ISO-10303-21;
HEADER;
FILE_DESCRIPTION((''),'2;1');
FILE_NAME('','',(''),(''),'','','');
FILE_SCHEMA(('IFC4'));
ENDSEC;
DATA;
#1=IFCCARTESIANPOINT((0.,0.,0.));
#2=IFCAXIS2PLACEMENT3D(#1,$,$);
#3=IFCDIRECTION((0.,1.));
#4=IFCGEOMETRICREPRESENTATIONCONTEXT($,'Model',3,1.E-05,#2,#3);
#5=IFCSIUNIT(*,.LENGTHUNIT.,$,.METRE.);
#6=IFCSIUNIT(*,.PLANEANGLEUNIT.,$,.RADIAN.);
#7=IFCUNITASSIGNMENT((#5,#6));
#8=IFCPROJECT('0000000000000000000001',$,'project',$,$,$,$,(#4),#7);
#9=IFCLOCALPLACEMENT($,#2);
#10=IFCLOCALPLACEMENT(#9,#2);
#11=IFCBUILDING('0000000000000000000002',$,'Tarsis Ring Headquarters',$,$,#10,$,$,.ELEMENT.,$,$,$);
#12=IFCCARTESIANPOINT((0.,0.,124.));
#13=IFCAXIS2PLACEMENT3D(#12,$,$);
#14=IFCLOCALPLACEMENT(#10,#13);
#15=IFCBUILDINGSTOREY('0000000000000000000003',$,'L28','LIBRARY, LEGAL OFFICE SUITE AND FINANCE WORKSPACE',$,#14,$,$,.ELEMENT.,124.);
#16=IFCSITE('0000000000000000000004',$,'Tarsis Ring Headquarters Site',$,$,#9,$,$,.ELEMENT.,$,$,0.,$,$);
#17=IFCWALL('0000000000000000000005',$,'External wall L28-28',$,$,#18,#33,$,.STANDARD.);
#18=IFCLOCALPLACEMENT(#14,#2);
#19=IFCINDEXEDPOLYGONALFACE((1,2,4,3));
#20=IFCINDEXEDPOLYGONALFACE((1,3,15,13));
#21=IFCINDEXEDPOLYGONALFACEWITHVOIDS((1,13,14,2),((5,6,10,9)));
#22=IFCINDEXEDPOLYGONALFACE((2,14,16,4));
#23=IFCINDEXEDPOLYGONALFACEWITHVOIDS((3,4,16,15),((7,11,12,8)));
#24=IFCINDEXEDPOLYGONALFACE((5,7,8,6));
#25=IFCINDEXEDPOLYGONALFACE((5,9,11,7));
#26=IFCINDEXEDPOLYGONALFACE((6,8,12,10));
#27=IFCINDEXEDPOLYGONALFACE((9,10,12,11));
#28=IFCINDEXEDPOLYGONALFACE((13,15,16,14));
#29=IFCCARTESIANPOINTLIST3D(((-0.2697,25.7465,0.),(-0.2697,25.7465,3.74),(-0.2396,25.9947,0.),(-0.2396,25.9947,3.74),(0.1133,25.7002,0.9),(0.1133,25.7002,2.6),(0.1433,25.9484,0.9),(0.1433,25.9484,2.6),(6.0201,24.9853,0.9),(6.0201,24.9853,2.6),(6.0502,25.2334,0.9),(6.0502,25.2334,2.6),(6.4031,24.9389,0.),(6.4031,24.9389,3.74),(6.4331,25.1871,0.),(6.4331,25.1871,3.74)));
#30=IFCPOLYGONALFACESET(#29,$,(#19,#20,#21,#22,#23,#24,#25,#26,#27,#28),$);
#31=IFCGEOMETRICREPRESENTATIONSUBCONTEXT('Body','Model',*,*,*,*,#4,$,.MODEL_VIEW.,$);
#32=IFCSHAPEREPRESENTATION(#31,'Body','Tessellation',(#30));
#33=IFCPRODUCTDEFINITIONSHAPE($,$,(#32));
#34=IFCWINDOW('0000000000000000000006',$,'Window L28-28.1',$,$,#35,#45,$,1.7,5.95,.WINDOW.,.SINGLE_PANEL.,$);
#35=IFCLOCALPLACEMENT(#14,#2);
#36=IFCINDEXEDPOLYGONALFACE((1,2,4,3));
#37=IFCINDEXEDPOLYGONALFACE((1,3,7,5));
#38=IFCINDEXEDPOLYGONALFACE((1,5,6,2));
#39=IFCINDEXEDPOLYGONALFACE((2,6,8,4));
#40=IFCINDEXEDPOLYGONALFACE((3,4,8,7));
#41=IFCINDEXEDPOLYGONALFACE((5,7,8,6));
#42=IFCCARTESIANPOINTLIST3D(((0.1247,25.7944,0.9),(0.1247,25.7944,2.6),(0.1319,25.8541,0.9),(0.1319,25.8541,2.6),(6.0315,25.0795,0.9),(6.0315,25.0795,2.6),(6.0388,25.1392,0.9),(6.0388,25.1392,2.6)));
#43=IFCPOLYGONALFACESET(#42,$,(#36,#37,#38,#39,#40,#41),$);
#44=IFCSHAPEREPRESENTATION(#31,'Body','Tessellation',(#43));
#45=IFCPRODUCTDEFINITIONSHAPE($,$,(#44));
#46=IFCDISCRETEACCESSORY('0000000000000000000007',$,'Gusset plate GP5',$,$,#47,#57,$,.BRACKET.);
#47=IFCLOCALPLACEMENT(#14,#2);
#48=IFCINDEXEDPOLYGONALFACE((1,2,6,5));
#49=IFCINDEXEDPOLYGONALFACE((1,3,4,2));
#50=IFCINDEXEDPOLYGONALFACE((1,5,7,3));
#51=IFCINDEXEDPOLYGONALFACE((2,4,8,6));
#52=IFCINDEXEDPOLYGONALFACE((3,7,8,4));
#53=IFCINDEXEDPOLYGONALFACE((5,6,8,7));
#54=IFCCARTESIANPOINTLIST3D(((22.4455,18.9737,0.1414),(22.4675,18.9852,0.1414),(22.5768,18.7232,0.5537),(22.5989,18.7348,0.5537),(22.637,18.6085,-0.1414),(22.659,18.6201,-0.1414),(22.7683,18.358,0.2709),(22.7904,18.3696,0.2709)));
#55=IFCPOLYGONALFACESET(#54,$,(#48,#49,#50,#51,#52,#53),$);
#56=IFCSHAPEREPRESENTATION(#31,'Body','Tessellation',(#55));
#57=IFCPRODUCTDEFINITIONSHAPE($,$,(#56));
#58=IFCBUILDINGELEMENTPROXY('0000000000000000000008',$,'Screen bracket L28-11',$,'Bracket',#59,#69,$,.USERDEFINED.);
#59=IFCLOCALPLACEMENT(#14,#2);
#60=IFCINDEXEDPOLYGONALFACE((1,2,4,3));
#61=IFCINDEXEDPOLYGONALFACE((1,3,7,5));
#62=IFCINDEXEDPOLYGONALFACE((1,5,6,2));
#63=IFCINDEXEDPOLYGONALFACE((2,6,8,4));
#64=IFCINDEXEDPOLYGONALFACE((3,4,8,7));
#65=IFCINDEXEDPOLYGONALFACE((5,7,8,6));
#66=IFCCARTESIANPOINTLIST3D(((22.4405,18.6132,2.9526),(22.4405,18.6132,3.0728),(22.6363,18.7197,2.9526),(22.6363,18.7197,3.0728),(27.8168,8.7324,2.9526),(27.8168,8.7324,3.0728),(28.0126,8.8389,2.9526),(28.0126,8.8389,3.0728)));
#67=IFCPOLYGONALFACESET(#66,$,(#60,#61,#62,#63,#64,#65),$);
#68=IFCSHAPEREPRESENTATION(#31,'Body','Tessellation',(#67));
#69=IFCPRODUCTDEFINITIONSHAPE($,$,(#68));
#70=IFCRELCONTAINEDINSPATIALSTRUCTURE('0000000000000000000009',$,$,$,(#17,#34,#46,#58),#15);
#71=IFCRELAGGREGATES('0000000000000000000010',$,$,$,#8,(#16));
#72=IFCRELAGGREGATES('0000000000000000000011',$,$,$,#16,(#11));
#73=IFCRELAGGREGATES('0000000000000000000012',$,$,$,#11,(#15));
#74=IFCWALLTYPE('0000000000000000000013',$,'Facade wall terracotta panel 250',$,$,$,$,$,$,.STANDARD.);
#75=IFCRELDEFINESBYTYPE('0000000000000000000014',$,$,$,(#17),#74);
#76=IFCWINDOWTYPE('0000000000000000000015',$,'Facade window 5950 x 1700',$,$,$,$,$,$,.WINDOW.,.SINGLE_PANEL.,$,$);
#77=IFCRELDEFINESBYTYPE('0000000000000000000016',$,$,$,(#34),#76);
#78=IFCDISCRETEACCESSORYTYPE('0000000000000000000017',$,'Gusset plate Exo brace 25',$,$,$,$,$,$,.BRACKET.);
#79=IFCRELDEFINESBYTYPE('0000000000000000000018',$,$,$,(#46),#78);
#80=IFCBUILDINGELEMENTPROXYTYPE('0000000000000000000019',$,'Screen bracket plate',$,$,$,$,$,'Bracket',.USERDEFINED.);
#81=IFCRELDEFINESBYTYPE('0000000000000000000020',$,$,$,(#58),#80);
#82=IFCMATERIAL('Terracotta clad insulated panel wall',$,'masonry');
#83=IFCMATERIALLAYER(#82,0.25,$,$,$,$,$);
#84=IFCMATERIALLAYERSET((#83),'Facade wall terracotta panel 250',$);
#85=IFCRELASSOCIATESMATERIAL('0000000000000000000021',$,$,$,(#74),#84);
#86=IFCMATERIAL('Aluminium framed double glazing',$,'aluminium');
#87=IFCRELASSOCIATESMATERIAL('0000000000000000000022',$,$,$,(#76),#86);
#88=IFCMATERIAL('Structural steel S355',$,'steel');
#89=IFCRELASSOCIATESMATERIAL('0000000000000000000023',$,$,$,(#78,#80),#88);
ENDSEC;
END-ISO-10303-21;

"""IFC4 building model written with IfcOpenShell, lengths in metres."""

from ifc_helpers import new_model, si_unit, direction, frame, frame_2d, origin, origin_2d, place, context, subcontext, project, spatial, rectangle, extrude, material, layer, layer_set, material_profile, profile_set, type_object, element, fill, save


model = new_model("IFC4")

# Units and contexts
model_context = context("Model", 3, precision=1e-05, world=origin(), true_north=direction((0.0, 1.0)))
body_context = subcontext(model_context, "Body", "Model", "MODEL_VIEW")
ifc_project = project(units=[si_unit("LENGTHUNIT", "METRE"), si_unit("PLANEANGLEUNIT", "RADIAN")], contexts=[model_context])

# Site, building, storey
site_placement = place(None, origin())
site = spatial("IfcSite", under=ifc_project, at=site_placement, Name="Tarsis Ring Headquarters Site", CompositionType="ELEMENT", RefElevation=0.0)
building_placement = place(site_placement, origin())
building = spatial("IfcBuilding", under=site, at=building_placement, Name="Tarsis Ring Headquarters", CompositionType="ELEMENT")
storey_placement = place(building_placement, frame((0.0, 0.0, 124.0)))
storey = spatial("IfcBuildingStorey", under=building, at=storey_placement, Name="L28", Description="LIBRARY, LEGAL OFFICE SUITE AND FINANCE WORKSPACE", CompositionType="ELEMENT", Elevation=124.0)

# Shared definitions
ifc_material_1 = material(Name="Structural steel S355", Category="steel")

# Wall, opening, window
ifc_material_2 = material(Name="Terracotta clad insulated panel wall", Category="masonry")
ifc_layer = layer(ifc_material_2, 0.25)
ifc_layer_set = layer_set([ifc_layer], Name="Facade wall terracotta panel 250")
wall_type = type_object("IfcWallType", Name="Facade wall terracotta panel 250", PredefinedType="STANDARD", material=ifc_layer_set)
ifc_material_3 = material(Name="Aluminium framed double glazing", Category="aluminium")
window_type = type_object("IfcWindowType", Name="Facade window 5950 x 1700", PartitioningType="SINGLE_PANEL", PredefinedType="WINDOW", material=ifc_material_3)
wall_1_placement = place(storey_placement, frame((6.4182, 25.063, 0.0), z_axis=(0.0, 0.0, 1.0), x_axis=(-0.992755, 0.120153, 0.0)))
wall_1 = element("IfcWall", 1, at=wall_1_placement, inside=storey, type_object=wall_type, Name="External wall L28-28", PredefinedType="STANDARD", context=body_context, shape_type="SweptSolid", body=[
    extrude(rectangle(XDim=6.7214, YDim=0.25, at=frame_2d((3.3608, 0.0))), origin(), (0.0, 0.0, 1.0), 3.74),
])
opening_1_placement = place(wall_1_placement, frame((0.3857, 0.0, 0.8999)))
opening_1 = element("IfcOpeningElement", 2, at=opening_1_placement, cuts=wall_1, PredefinedType="OPENING", context=body_context, shape_type="SweptSolid", body=[
    extrude(rectangle(XDim=5.95, YDim=1.7, at=frame_2d((2.9751, 0.8501))), frame((0.0, 0.135, 0.0), z_axis=(0.0, -1.0, 0.0), x_axis=(1.0, 0.0, 0.0)), (0.0, 0.0, 1.0), 0.27),
])
window_1_placement = place(opening_1_placement, origin())
window_1 = element("IfcWindow", 3, at=window_1_placement, inside=storey, type_object=window_type, Name="Window L28-28.1", OverallHeight=1.7, OverallWidth=5.95, PartitioningType="SINGLE_PANEL", PredefinedType="WINDOW", context=body_context, shape_type="SweptSolid", body=[
    extrude(rectangle(XDim=5.95, YDim=1.7, at=frame_2d((2.9751, 0.8501))), frame((0.0, 0.03, 0.0), z_axis=(0.0, -1.0, 0.0), x_axis=(1.0, 0.0, 0.0)), (0.0, 0.0, 1.0), 0.0601),
])
fill(opening_1, window_1)

# Discrete accessory
ifc_material_profile_1 = material_profile(ifc_material_1, rectangle(XDim=0.0249, YDim=0.5, at=origin_2d()), Name="PL 25x500")
ifc_profile_set_1 = profile_set([ifc_material_profile_1], Name="Structural steel S355")
discrete_accessory_type = type_object("IfcDiscreteAccessoryType", Name="Gusset plate Exo brace 25", PredefinedType="BRACKET", material=ifc_profile_set_1)
discrete_accessory_placement = place(storey_placement, frame((22.5522, 18.7969, 0.0), z_axis=(0.262678, -0.500944, 0.824654), x_axis=(0.885629, 0.464394, 0.0)))
element("IfcDiscreteAccessory", 4, at=discrete_accessory_placement, inside=storey, type_object=discrete_accessory_type, Name="Gusset plate GP5", PredefinedType="BRACKET", context=body_context, shape_type="SweptSolid", body=[
    extrude(rectangle(XDim=0.0249, YDim=0.5, at=origin_2d()), origin(), (0.0, 0.0, 1.0), 0.5),
])

# Building element proxy
building_element_proxy_type = type_object("IfcBuildingElementProxyType", Name="Screen bracket plate", ElementType="Bracket", PredefinedType="USERDEFINED", material=ifc_material_1)
proxy_placement = place(storey_placement, frame((25.2266, 13.7261, 2.9526), z_axis=(0.0, 0.0, 1.0), x_axis=(-0.477945, 0.87839, 0.0)))
element("IfcBuildingElementProxy", 5, at=proxy_placement, inside=storey, type_object=building_element_proxy_type, Name="Screen bracket L28-11", ObjectType="Bracket", PredefinedType="USERDEFINED", context=body_context, shape_type="SweptSolid", body=[
    extrude(rectangle(XDim=11.2488, YDim=0.2229, at=origin_2d()), origin(), (0.0, 0.0, 1.0), 0.1201),
])

save(model, "model.ifc")
